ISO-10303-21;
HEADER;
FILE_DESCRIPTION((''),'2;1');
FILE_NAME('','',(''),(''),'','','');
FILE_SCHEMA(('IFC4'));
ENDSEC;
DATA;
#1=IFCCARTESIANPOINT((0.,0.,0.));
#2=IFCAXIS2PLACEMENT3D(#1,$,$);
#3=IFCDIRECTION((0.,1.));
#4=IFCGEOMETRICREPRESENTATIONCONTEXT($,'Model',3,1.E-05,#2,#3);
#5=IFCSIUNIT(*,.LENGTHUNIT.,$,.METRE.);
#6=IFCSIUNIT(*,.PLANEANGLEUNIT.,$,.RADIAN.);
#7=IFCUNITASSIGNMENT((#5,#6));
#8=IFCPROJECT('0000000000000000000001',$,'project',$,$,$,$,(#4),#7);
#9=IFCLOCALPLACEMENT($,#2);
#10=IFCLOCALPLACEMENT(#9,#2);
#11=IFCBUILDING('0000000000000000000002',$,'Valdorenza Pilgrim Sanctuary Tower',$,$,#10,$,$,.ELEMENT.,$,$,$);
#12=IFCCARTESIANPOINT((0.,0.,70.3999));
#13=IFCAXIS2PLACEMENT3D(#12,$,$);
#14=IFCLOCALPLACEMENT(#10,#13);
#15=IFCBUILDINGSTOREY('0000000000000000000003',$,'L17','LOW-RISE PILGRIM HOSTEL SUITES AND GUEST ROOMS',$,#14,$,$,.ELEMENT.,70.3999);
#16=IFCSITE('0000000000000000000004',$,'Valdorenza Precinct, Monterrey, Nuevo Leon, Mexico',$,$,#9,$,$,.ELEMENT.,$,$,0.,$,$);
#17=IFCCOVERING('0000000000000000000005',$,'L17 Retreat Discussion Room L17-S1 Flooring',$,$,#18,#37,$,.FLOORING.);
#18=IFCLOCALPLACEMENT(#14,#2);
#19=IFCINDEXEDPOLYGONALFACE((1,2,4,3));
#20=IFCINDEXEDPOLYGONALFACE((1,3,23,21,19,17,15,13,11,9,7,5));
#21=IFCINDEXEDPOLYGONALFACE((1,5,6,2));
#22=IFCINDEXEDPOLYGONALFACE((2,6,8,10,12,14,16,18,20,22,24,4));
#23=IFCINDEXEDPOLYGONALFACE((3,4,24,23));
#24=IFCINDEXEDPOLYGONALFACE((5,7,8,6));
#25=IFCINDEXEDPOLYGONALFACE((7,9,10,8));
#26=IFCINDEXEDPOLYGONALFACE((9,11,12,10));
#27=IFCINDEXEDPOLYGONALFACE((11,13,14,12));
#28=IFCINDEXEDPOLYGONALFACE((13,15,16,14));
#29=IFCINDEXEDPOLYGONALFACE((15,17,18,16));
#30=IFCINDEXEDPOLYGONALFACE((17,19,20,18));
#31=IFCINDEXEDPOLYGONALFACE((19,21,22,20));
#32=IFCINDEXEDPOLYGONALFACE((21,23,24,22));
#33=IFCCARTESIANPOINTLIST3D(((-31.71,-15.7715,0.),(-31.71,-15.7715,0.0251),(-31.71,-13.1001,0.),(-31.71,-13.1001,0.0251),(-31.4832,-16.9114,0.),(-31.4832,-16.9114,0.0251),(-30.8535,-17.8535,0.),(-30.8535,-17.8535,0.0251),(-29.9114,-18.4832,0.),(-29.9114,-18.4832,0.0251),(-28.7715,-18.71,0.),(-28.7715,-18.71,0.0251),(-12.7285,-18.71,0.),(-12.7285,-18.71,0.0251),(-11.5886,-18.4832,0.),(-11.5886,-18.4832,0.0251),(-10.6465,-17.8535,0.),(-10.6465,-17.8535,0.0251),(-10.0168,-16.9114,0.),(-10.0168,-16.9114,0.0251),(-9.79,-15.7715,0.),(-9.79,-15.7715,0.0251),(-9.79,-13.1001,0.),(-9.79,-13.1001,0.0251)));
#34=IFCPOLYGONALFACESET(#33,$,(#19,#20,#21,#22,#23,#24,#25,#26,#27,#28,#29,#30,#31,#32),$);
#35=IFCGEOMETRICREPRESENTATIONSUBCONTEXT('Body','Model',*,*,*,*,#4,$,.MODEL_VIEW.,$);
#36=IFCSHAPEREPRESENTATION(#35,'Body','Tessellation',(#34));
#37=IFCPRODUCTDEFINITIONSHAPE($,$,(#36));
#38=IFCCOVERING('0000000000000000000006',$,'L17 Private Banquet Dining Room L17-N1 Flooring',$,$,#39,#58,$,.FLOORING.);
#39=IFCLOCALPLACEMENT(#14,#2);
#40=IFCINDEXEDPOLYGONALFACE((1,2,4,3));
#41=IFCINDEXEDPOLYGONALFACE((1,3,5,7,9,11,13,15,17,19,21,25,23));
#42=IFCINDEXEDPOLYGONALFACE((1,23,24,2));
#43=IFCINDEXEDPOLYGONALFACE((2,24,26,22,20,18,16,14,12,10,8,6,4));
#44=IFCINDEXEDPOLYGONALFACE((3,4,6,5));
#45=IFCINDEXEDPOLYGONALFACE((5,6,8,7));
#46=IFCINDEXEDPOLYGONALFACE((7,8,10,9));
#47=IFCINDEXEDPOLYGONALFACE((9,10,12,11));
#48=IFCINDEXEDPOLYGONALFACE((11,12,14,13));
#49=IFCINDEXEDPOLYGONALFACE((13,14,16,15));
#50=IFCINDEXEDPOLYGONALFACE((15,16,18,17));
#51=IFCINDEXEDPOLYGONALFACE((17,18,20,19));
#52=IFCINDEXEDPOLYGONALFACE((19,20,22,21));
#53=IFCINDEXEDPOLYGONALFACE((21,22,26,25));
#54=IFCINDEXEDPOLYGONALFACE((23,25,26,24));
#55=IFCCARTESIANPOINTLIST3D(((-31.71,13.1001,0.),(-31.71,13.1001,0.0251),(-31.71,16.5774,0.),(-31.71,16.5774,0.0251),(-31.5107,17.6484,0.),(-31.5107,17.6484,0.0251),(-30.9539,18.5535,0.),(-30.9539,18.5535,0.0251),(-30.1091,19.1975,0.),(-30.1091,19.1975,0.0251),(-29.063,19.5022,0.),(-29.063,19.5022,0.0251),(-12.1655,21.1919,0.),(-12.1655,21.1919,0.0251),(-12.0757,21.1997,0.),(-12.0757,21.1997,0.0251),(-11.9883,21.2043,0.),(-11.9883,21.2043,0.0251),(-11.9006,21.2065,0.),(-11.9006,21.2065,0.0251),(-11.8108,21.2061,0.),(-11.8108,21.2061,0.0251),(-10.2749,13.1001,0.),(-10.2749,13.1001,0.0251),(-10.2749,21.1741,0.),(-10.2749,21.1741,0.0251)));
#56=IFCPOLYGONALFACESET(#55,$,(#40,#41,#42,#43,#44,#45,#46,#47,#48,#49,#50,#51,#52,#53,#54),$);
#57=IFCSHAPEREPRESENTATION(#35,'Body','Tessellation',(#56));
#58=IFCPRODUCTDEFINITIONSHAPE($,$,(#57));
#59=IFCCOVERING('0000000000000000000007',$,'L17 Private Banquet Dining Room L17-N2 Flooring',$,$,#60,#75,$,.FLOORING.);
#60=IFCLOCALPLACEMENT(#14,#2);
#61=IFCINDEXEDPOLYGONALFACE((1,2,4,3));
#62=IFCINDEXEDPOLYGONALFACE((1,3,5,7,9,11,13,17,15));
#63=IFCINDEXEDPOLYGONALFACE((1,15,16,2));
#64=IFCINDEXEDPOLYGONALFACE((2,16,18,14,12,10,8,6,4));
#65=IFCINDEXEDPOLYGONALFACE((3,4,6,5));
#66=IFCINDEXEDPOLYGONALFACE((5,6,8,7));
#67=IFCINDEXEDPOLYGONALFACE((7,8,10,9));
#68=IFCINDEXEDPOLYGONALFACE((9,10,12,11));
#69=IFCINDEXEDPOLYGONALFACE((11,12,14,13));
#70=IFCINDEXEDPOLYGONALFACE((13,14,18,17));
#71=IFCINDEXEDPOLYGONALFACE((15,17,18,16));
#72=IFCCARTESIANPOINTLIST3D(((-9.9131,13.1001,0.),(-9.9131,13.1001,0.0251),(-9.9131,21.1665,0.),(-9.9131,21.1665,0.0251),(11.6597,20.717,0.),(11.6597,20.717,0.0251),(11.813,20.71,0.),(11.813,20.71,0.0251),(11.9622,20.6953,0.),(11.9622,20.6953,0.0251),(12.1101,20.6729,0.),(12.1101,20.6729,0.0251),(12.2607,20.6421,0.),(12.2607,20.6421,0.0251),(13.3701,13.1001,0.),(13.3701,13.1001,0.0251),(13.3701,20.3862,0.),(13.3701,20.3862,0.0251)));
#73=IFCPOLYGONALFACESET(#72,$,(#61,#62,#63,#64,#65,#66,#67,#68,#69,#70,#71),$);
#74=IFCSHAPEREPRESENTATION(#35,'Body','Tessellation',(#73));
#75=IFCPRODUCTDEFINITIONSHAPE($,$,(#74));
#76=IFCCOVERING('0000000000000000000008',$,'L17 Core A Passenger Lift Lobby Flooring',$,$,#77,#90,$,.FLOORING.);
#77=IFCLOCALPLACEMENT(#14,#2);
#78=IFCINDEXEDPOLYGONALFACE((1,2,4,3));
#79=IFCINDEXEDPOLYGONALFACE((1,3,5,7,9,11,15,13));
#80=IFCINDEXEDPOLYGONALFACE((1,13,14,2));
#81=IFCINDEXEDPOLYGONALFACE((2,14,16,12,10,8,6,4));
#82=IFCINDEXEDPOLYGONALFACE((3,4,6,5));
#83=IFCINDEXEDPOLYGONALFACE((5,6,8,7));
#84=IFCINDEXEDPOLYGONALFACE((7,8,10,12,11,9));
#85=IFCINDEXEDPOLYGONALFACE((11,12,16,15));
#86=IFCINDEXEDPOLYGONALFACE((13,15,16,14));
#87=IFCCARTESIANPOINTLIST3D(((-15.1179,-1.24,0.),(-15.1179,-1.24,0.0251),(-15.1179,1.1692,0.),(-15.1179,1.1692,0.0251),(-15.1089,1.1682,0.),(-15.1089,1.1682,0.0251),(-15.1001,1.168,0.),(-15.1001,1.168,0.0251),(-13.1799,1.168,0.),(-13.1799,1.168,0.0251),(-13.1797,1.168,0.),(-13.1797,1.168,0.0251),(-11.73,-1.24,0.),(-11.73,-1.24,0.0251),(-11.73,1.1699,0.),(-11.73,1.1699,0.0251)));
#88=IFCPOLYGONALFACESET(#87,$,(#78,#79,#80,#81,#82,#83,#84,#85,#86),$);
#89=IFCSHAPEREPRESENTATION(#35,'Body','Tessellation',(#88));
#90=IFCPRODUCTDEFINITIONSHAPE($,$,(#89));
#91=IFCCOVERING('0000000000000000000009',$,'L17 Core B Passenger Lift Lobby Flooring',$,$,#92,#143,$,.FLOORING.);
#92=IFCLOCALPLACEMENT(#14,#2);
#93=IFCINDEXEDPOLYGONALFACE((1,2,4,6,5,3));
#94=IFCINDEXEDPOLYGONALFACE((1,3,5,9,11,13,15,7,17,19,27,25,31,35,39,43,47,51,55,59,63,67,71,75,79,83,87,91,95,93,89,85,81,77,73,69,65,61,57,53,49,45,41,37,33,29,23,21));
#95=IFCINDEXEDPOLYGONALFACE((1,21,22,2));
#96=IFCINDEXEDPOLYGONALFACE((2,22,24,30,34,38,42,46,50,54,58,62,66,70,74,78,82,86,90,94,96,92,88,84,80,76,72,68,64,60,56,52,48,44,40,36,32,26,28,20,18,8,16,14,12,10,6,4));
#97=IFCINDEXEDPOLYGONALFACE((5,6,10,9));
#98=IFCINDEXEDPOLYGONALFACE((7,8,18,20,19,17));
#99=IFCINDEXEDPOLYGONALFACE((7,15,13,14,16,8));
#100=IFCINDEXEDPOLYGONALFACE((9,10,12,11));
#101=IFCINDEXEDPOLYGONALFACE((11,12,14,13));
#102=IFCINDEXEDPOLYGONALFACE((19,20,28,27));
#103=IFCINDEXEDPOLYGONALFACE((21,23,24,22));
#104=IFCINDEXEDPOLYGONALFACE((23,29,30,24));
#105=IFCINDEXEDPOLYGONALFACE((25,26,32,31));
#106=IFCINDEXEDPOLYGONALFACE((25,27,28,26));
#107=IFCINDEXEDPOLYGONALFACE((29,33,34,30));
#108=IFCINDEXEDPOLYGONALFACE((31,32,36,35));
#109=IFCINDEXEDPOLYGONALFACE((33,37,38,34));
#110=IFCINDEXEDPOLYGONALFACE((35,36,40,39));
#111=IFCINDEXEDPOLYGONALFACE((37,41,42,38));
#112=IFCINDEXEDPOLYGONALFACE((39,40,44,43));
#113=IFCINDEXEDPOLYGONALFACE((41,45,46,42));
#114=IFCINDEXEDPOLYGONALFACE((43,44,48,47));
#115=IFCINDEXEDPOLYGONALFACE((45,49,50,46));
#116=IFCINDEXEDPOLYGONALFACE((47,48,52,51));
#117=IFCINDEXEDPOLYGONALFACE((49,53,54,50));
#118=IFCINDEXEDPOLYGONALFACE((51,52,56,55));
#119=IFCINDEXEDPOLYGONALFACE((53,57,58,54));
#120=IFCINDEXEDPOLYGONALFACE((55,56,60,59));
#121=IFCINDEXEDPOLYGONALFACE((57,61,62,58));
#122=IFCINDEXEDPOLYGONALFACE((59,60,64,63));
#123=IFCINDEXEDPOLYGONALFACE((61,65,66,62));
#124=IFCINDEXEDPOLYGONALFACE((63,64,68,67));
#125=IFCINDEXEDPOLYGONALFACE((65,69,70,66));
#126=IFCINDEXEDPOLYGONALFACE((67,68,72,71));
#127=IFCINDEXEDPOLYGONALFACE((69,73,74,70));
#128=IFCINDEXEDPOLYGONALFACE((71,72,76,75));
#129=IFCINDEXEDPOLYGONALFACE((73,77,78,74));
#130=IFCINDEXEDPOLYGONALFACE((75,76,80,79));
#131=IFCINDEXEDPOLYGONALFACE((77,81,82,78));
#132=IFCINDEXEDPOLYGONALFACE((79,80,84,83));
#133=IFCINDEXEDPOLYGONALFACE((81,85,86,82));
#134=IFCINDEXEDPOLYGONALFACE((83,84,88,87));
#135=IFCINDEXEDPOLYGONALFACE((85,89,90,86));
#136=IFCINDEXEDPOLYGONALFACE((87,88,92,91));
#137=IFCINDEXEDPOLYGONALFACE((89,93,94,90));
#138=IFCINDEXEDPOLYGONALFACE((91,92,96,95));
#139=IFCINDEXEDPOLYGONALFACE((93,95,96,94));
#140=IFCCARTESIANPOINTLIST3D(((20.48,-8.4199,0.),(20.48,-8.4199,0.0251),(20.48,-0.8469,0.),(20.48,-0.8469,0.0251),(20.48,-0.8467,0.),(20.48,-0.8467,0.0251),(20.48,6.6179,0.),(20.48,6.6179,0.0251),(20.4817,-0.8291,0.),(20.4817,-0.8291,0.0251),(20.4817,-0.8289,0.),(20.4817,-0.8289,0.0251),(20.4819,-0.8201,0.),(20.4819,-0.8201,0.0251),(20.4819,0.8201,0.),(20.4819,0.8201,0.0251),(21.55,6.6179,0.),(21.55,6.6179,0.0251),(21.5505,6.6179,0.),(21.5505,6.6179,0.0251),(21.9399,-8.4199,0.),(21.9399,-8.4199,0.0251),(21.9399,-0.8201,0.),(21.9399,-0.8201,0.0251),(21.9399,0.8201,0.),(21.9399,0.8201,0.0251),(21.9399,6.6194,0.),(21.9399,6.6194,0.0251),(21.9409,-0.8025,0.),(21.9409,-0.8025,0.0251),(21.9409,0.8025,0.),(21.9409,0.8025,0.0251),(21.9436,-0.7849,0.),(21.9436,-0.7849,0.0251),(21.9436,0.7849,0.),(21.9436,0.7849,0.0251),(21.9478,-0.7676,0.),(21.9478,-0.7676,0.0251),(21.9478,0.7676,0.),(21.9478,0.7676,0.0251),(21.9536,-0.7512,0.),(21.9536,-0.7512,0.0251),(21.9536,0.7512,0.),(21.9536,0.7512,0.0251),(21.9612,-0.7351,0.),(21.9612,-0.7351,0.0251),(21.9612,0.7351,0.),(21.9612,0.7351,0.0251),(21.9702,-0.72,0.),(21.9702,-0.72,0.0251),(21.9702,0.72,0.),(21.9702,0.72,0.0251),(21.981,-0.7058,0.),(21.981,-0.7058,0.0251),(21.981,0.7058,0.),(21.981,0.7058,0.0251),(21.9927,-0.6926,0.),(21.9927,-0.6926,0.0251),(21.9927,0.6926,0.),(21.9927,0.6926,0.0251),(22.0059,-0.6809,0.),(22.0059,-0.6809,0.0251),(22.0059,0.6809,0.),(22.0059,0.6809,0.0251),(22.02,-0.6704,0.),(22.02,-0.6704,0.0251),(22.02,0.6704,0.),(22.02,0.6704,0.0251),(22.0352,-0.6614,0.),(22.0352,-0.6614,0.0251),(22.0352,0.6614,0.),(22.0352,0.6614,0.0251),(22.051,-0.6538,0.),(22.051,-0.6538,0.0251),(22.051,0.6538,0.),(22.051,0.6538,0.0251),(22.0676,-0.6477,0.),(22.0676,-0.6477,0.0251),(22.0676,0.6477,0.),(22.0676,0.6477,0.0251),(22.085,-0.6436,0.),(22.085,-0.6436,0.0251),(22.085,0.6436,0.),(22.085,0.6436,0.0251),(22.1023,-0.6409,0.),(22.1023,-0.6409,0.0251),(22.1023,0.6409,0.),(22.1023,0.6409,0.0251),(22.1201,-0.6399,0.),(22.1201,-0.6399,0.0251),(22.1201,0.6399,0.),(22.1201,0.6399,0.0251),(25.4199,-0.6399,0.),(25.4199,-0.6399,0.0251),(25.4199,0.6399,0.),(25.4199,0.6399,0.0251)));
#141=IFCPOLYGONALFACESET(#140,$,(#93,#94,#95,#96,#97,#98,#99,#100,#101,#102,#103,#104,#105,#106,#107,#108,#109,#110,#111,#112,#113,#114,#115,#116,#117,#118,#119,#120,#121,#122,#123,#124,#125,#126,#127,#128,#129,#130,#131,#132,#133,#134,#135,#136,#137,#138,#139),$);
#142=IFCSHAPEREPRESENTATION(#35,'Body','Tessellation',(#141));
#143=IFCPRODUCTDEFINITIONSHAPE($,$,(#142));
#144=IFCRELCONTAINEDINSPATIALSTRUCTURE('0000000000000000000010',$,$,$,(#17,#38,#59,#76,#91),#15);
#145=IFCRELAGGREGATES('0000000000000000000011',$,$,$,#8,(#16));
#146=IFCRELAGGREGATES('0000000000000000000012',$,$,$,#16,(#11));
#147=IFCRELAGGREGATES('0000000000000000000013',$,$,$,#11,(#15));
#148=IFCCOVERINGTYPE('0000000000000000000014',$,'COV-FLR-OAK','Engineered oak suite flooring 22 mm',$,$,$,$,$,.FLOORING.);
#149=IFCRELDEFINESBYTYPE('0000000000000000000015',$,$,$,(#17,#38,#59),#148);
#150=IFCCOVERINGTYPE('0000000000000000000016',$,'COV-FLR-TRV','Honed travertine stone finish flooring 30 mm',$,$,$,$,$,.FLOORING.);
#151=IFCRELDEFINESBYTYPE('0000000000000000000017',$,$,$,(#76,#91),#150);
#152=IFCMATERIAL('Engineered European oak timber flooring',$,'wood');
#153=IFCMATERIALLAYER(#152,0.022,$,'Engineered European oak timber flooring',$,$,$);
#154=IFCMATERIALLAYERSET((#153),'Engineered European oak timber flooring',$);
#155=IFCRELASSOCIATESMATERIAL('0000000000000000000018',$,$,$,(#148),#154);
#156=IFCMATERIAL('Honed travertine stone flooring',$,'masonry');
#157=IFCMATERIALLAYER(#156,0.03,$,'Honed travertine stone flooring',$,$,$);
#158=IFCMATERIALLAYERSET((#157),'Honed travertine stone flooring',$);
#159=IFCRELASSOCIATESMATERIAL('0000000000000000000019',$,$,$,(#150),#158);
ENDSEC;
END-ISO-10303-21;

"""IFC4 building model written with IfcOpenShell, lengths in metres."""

from ifc_helpers import new_model, si_unit, direction, frame, origin, place, context, subcontext, project, spatial, polyline, outline, extrude, material, layer, layer_set, type_object, element, save


model = new_model("IFC4")

# Units and contexts
model_context = context("Model", 3, precision=1e-05, world=origin(), true_north=direction((0.0, 1.0)))
body_context = subcontext(model_context, "Body", "Model", "MODEL_VIEW")
ifc_project = project(units=[si_unit("LENGTHUNIT", "METRE"), si_unit("PLANEANGLEUNIT", "RADIAN")], contexts=[model_context])

# Site, building, storey
site_placement = place(None, origin())
site = spatial("IfcSite", under=ifc_project, at=site_placement, Name="Valdorenza Precinct, Monterrey, Nuevo Leon, Mexico", CompositionType="ELEMENT", RefElevation=0.0)
building_placement = place(site_placement, origin())
building = spatial("IfcBuilding", under=site, at=building_placement, Name="Valdorenza Pilgrim Sanctuary Tower", CompositionType="ELEMENT")
storey_placement = place(building_placement, frame((0.0, 0.0, 70.3999)))
storey = spatial("IfcBuildingStorey", under=building, at=storey_placement, Name="L17", Description="LOW-RISE PILGRIM HOSTEL SUITES AND GUEST ROOMS", CompositionType="ELEMENT", Elevation=70.3999)

# Coverings
ifc_material_1 = material(Name="Engineered European oak timber flooring", Category="wood")
ifc_layer_1 = layer(ifc_material_1, 0.022, Name="Engineered European oak timber flooring")
ifc_layer_set_1 = layer_set([ifc_layer_1], Name="Engineered European oak timber flooring")
covering_type_1 = type_object("IfcCoveringType", Name="COV-FLR-OAK", Description="Engineered oak suite flooring 22 mm", PredefinedType="FLOORING", material=ifc_layer_set_1)
covering_1_placement = place(storey_placement, origin())
element("IfcCovering", 1, at=covering_1_placement, inside=storey, type_object=covering_type_1, Name="L17 Retreat Discussion Room L17-S1 Flooring", PredefinedType="FLOORING", context=body_context, shape_type="SweptSolid", body=[
    extrude(outline(polyline([(-9.79, -15.7715), (-10.0168, -16.9114), (-10.6465, -17.8535), (-11.5886, -18.4832), (-12.7285, -18.71), (-28.7715, -18.71), (-29.9114, -18.4832), (-30.8535, -17.8535), (-31.4832, -16.9114), (-31.71, -15.7715), (-31.71, -13.1001), (-9.79, -13.1001), (-9.79, -15.7715)])), origin(), (0.0, 0.0, 1.0), 0.0251),
])
covering_2_placement = place(storey_placement, origin())
element("IfcCovering", 2, at=covering_2_placement, inside=storey, type_object=covering_type_1, Name="L17 Private Banquet Dining Room L17-N1 Flooring", PredefinedType="FLOORING", context=body_context, shape_type="SweptSolid", body=[
    extrude(outline(polyline([(-31.71, 13.1001), (-31.71, 16.5774), (-31.5107, 17.6484), (-30.9539, 18.5535), (-30.1091, 19.1975), (-29.063, 19.5022), (-12.1655, 21.1919), (-12.0757, 21.1997), (-11.9883, 21.2043), (-11.9006, 21.2065), (-11.8108, 21.2061), (-10.2749, 21.1741), (-10.2749, 13.1001), (-31.71, 13.1001)])), origin(), (0.0, 0.0, 1.0), 0.0251),
])
covering_3_placement = place(storey_placement, origin())
element("IfcCovering", 3, at=covering_3_placement, inside=storey, type_object=covering_type_1, Name="L17 Private Banquet Dining Room L17-N2 Flooring", PredefinedType="FLOORING", context=body_context, shape_type="SweptSolid", body=[
    extrude(outline(polyline([(-9.9131, 13.1001), (-9.9131, 21.1665), (11.6597, 20.717), (11.813, 20.71), (11.9622, 20.6953), (12.1101, 20.6729), (12.2607, 20.6421), (13.3701, 20.3862), (13.3701, 13.1001), (-9.9131, 13.1001)])), origin(), (0.0, 0.0, 1.0), 0.0251),
])
ifc_material_2 = material(Name="Honed travertine stone flooring", Category="masonry")
ifc_layer_2 = layer(ifc_material_2, 0.03, Name="Honed travertine stone flooring")
ifc_layer_set_2 = layer_set([ifc_layer_2], Name="Honed travertine stone flooring")
covering_type_2 = type_object("IfcCoveringType", Name="COV-FLR-TRV", Description="Honed travertine stone finish flooring 30 mm", PredefinedType="FLOORING", material=ifc_layer_set_2)
covering_4_placement = place(storey_placement, origin())
element("IfcCovering", 4, at=covering_4_placement, inside=storey, type_object=covering_type_2, Name="L17 Core A Passenger Lift Lobby Flooring", PredefinedType="FLOORING", context=body_context, shape_type="SweptSolid", body=[
    extrude(outline(polyline([(-15.1179, 1.1692), (-15.1089, 1.1682), (-15.1089, 1.1682), (-15.1001, 1.168), (-13.1799, 1.168), (-13.1797, 1.168), (-11.73, 1.1699), (-11.73, -1.24), (-15.1179, -1.24), (-15.1179, 1.1692)])), origin(), (0.0, 0.0, 1.0), 0.0251),
])
covering_5_placement = place(storey_placement, origin())
element("IfcCovering", 5, at=covering_5_placement, inside=storey, type_object=covering_type_2, Name="L17 Core B Passenger Lift Lobby Flooring", PredefinedType="FLOORING", context=body_context, shape_type="SweptSolid", body=[
    extrude(outline(polyline([(20.48, 6.6179), (21.55, 6.6179), (21.5505, 6.6179), (21.9399, 6.6194), (21.9399, 0.8201), (21.9409, 0.8025), (21.9436, 0.7849), (21.9478, 0.7676), (21.9536, 0.7512), (21.9612, 0.7351), (21.9702, 0.72), (21.981, 0.7058), (21.9927, 0.6926), (22.0059, 0.6809), (22.02, 0.6704), (22.0352, 0.6614), (22.051, 0.6538), (22.0676, 0.6477), (22.085, 0.6436), (22.1023, 0.6409), (22.1201, 0.6399), (25.4199, 0.6399), (25.4199, -0.6399), (22.1201, -0.6399), (22.1023, -0.6409), (22.085, -0.6436), (22.0676, -0.6477), (22.051, -0.6538), (22.0352, -0.6614), (22.02, -0.6704), (22.0059, -0.6809), (21.9927, -0.6926), (21.981, -0.7058), (21.9702, -0.72), (21.9612, -0.7351), (21.9536, -0.7512), (21.9478, -0.7676), (21.9436, -0.7849), (21.9409, -0.8025), (21.9399, -0.8201), (21.9399, -8.4199), (20.48, -8.4199), (20.48, -0.8469), (20.48, -0.8467), (20.48, -0.8467), (20.4817, -0.8291), (20.4817, -0.8289), (20.4819, -0.8201), (20.4819, 0.8201), (20.48, 6.6179)])), origin(), (0.0, 0.0, 1.0), 0.0251),
])

save(model, "model.ifc")
